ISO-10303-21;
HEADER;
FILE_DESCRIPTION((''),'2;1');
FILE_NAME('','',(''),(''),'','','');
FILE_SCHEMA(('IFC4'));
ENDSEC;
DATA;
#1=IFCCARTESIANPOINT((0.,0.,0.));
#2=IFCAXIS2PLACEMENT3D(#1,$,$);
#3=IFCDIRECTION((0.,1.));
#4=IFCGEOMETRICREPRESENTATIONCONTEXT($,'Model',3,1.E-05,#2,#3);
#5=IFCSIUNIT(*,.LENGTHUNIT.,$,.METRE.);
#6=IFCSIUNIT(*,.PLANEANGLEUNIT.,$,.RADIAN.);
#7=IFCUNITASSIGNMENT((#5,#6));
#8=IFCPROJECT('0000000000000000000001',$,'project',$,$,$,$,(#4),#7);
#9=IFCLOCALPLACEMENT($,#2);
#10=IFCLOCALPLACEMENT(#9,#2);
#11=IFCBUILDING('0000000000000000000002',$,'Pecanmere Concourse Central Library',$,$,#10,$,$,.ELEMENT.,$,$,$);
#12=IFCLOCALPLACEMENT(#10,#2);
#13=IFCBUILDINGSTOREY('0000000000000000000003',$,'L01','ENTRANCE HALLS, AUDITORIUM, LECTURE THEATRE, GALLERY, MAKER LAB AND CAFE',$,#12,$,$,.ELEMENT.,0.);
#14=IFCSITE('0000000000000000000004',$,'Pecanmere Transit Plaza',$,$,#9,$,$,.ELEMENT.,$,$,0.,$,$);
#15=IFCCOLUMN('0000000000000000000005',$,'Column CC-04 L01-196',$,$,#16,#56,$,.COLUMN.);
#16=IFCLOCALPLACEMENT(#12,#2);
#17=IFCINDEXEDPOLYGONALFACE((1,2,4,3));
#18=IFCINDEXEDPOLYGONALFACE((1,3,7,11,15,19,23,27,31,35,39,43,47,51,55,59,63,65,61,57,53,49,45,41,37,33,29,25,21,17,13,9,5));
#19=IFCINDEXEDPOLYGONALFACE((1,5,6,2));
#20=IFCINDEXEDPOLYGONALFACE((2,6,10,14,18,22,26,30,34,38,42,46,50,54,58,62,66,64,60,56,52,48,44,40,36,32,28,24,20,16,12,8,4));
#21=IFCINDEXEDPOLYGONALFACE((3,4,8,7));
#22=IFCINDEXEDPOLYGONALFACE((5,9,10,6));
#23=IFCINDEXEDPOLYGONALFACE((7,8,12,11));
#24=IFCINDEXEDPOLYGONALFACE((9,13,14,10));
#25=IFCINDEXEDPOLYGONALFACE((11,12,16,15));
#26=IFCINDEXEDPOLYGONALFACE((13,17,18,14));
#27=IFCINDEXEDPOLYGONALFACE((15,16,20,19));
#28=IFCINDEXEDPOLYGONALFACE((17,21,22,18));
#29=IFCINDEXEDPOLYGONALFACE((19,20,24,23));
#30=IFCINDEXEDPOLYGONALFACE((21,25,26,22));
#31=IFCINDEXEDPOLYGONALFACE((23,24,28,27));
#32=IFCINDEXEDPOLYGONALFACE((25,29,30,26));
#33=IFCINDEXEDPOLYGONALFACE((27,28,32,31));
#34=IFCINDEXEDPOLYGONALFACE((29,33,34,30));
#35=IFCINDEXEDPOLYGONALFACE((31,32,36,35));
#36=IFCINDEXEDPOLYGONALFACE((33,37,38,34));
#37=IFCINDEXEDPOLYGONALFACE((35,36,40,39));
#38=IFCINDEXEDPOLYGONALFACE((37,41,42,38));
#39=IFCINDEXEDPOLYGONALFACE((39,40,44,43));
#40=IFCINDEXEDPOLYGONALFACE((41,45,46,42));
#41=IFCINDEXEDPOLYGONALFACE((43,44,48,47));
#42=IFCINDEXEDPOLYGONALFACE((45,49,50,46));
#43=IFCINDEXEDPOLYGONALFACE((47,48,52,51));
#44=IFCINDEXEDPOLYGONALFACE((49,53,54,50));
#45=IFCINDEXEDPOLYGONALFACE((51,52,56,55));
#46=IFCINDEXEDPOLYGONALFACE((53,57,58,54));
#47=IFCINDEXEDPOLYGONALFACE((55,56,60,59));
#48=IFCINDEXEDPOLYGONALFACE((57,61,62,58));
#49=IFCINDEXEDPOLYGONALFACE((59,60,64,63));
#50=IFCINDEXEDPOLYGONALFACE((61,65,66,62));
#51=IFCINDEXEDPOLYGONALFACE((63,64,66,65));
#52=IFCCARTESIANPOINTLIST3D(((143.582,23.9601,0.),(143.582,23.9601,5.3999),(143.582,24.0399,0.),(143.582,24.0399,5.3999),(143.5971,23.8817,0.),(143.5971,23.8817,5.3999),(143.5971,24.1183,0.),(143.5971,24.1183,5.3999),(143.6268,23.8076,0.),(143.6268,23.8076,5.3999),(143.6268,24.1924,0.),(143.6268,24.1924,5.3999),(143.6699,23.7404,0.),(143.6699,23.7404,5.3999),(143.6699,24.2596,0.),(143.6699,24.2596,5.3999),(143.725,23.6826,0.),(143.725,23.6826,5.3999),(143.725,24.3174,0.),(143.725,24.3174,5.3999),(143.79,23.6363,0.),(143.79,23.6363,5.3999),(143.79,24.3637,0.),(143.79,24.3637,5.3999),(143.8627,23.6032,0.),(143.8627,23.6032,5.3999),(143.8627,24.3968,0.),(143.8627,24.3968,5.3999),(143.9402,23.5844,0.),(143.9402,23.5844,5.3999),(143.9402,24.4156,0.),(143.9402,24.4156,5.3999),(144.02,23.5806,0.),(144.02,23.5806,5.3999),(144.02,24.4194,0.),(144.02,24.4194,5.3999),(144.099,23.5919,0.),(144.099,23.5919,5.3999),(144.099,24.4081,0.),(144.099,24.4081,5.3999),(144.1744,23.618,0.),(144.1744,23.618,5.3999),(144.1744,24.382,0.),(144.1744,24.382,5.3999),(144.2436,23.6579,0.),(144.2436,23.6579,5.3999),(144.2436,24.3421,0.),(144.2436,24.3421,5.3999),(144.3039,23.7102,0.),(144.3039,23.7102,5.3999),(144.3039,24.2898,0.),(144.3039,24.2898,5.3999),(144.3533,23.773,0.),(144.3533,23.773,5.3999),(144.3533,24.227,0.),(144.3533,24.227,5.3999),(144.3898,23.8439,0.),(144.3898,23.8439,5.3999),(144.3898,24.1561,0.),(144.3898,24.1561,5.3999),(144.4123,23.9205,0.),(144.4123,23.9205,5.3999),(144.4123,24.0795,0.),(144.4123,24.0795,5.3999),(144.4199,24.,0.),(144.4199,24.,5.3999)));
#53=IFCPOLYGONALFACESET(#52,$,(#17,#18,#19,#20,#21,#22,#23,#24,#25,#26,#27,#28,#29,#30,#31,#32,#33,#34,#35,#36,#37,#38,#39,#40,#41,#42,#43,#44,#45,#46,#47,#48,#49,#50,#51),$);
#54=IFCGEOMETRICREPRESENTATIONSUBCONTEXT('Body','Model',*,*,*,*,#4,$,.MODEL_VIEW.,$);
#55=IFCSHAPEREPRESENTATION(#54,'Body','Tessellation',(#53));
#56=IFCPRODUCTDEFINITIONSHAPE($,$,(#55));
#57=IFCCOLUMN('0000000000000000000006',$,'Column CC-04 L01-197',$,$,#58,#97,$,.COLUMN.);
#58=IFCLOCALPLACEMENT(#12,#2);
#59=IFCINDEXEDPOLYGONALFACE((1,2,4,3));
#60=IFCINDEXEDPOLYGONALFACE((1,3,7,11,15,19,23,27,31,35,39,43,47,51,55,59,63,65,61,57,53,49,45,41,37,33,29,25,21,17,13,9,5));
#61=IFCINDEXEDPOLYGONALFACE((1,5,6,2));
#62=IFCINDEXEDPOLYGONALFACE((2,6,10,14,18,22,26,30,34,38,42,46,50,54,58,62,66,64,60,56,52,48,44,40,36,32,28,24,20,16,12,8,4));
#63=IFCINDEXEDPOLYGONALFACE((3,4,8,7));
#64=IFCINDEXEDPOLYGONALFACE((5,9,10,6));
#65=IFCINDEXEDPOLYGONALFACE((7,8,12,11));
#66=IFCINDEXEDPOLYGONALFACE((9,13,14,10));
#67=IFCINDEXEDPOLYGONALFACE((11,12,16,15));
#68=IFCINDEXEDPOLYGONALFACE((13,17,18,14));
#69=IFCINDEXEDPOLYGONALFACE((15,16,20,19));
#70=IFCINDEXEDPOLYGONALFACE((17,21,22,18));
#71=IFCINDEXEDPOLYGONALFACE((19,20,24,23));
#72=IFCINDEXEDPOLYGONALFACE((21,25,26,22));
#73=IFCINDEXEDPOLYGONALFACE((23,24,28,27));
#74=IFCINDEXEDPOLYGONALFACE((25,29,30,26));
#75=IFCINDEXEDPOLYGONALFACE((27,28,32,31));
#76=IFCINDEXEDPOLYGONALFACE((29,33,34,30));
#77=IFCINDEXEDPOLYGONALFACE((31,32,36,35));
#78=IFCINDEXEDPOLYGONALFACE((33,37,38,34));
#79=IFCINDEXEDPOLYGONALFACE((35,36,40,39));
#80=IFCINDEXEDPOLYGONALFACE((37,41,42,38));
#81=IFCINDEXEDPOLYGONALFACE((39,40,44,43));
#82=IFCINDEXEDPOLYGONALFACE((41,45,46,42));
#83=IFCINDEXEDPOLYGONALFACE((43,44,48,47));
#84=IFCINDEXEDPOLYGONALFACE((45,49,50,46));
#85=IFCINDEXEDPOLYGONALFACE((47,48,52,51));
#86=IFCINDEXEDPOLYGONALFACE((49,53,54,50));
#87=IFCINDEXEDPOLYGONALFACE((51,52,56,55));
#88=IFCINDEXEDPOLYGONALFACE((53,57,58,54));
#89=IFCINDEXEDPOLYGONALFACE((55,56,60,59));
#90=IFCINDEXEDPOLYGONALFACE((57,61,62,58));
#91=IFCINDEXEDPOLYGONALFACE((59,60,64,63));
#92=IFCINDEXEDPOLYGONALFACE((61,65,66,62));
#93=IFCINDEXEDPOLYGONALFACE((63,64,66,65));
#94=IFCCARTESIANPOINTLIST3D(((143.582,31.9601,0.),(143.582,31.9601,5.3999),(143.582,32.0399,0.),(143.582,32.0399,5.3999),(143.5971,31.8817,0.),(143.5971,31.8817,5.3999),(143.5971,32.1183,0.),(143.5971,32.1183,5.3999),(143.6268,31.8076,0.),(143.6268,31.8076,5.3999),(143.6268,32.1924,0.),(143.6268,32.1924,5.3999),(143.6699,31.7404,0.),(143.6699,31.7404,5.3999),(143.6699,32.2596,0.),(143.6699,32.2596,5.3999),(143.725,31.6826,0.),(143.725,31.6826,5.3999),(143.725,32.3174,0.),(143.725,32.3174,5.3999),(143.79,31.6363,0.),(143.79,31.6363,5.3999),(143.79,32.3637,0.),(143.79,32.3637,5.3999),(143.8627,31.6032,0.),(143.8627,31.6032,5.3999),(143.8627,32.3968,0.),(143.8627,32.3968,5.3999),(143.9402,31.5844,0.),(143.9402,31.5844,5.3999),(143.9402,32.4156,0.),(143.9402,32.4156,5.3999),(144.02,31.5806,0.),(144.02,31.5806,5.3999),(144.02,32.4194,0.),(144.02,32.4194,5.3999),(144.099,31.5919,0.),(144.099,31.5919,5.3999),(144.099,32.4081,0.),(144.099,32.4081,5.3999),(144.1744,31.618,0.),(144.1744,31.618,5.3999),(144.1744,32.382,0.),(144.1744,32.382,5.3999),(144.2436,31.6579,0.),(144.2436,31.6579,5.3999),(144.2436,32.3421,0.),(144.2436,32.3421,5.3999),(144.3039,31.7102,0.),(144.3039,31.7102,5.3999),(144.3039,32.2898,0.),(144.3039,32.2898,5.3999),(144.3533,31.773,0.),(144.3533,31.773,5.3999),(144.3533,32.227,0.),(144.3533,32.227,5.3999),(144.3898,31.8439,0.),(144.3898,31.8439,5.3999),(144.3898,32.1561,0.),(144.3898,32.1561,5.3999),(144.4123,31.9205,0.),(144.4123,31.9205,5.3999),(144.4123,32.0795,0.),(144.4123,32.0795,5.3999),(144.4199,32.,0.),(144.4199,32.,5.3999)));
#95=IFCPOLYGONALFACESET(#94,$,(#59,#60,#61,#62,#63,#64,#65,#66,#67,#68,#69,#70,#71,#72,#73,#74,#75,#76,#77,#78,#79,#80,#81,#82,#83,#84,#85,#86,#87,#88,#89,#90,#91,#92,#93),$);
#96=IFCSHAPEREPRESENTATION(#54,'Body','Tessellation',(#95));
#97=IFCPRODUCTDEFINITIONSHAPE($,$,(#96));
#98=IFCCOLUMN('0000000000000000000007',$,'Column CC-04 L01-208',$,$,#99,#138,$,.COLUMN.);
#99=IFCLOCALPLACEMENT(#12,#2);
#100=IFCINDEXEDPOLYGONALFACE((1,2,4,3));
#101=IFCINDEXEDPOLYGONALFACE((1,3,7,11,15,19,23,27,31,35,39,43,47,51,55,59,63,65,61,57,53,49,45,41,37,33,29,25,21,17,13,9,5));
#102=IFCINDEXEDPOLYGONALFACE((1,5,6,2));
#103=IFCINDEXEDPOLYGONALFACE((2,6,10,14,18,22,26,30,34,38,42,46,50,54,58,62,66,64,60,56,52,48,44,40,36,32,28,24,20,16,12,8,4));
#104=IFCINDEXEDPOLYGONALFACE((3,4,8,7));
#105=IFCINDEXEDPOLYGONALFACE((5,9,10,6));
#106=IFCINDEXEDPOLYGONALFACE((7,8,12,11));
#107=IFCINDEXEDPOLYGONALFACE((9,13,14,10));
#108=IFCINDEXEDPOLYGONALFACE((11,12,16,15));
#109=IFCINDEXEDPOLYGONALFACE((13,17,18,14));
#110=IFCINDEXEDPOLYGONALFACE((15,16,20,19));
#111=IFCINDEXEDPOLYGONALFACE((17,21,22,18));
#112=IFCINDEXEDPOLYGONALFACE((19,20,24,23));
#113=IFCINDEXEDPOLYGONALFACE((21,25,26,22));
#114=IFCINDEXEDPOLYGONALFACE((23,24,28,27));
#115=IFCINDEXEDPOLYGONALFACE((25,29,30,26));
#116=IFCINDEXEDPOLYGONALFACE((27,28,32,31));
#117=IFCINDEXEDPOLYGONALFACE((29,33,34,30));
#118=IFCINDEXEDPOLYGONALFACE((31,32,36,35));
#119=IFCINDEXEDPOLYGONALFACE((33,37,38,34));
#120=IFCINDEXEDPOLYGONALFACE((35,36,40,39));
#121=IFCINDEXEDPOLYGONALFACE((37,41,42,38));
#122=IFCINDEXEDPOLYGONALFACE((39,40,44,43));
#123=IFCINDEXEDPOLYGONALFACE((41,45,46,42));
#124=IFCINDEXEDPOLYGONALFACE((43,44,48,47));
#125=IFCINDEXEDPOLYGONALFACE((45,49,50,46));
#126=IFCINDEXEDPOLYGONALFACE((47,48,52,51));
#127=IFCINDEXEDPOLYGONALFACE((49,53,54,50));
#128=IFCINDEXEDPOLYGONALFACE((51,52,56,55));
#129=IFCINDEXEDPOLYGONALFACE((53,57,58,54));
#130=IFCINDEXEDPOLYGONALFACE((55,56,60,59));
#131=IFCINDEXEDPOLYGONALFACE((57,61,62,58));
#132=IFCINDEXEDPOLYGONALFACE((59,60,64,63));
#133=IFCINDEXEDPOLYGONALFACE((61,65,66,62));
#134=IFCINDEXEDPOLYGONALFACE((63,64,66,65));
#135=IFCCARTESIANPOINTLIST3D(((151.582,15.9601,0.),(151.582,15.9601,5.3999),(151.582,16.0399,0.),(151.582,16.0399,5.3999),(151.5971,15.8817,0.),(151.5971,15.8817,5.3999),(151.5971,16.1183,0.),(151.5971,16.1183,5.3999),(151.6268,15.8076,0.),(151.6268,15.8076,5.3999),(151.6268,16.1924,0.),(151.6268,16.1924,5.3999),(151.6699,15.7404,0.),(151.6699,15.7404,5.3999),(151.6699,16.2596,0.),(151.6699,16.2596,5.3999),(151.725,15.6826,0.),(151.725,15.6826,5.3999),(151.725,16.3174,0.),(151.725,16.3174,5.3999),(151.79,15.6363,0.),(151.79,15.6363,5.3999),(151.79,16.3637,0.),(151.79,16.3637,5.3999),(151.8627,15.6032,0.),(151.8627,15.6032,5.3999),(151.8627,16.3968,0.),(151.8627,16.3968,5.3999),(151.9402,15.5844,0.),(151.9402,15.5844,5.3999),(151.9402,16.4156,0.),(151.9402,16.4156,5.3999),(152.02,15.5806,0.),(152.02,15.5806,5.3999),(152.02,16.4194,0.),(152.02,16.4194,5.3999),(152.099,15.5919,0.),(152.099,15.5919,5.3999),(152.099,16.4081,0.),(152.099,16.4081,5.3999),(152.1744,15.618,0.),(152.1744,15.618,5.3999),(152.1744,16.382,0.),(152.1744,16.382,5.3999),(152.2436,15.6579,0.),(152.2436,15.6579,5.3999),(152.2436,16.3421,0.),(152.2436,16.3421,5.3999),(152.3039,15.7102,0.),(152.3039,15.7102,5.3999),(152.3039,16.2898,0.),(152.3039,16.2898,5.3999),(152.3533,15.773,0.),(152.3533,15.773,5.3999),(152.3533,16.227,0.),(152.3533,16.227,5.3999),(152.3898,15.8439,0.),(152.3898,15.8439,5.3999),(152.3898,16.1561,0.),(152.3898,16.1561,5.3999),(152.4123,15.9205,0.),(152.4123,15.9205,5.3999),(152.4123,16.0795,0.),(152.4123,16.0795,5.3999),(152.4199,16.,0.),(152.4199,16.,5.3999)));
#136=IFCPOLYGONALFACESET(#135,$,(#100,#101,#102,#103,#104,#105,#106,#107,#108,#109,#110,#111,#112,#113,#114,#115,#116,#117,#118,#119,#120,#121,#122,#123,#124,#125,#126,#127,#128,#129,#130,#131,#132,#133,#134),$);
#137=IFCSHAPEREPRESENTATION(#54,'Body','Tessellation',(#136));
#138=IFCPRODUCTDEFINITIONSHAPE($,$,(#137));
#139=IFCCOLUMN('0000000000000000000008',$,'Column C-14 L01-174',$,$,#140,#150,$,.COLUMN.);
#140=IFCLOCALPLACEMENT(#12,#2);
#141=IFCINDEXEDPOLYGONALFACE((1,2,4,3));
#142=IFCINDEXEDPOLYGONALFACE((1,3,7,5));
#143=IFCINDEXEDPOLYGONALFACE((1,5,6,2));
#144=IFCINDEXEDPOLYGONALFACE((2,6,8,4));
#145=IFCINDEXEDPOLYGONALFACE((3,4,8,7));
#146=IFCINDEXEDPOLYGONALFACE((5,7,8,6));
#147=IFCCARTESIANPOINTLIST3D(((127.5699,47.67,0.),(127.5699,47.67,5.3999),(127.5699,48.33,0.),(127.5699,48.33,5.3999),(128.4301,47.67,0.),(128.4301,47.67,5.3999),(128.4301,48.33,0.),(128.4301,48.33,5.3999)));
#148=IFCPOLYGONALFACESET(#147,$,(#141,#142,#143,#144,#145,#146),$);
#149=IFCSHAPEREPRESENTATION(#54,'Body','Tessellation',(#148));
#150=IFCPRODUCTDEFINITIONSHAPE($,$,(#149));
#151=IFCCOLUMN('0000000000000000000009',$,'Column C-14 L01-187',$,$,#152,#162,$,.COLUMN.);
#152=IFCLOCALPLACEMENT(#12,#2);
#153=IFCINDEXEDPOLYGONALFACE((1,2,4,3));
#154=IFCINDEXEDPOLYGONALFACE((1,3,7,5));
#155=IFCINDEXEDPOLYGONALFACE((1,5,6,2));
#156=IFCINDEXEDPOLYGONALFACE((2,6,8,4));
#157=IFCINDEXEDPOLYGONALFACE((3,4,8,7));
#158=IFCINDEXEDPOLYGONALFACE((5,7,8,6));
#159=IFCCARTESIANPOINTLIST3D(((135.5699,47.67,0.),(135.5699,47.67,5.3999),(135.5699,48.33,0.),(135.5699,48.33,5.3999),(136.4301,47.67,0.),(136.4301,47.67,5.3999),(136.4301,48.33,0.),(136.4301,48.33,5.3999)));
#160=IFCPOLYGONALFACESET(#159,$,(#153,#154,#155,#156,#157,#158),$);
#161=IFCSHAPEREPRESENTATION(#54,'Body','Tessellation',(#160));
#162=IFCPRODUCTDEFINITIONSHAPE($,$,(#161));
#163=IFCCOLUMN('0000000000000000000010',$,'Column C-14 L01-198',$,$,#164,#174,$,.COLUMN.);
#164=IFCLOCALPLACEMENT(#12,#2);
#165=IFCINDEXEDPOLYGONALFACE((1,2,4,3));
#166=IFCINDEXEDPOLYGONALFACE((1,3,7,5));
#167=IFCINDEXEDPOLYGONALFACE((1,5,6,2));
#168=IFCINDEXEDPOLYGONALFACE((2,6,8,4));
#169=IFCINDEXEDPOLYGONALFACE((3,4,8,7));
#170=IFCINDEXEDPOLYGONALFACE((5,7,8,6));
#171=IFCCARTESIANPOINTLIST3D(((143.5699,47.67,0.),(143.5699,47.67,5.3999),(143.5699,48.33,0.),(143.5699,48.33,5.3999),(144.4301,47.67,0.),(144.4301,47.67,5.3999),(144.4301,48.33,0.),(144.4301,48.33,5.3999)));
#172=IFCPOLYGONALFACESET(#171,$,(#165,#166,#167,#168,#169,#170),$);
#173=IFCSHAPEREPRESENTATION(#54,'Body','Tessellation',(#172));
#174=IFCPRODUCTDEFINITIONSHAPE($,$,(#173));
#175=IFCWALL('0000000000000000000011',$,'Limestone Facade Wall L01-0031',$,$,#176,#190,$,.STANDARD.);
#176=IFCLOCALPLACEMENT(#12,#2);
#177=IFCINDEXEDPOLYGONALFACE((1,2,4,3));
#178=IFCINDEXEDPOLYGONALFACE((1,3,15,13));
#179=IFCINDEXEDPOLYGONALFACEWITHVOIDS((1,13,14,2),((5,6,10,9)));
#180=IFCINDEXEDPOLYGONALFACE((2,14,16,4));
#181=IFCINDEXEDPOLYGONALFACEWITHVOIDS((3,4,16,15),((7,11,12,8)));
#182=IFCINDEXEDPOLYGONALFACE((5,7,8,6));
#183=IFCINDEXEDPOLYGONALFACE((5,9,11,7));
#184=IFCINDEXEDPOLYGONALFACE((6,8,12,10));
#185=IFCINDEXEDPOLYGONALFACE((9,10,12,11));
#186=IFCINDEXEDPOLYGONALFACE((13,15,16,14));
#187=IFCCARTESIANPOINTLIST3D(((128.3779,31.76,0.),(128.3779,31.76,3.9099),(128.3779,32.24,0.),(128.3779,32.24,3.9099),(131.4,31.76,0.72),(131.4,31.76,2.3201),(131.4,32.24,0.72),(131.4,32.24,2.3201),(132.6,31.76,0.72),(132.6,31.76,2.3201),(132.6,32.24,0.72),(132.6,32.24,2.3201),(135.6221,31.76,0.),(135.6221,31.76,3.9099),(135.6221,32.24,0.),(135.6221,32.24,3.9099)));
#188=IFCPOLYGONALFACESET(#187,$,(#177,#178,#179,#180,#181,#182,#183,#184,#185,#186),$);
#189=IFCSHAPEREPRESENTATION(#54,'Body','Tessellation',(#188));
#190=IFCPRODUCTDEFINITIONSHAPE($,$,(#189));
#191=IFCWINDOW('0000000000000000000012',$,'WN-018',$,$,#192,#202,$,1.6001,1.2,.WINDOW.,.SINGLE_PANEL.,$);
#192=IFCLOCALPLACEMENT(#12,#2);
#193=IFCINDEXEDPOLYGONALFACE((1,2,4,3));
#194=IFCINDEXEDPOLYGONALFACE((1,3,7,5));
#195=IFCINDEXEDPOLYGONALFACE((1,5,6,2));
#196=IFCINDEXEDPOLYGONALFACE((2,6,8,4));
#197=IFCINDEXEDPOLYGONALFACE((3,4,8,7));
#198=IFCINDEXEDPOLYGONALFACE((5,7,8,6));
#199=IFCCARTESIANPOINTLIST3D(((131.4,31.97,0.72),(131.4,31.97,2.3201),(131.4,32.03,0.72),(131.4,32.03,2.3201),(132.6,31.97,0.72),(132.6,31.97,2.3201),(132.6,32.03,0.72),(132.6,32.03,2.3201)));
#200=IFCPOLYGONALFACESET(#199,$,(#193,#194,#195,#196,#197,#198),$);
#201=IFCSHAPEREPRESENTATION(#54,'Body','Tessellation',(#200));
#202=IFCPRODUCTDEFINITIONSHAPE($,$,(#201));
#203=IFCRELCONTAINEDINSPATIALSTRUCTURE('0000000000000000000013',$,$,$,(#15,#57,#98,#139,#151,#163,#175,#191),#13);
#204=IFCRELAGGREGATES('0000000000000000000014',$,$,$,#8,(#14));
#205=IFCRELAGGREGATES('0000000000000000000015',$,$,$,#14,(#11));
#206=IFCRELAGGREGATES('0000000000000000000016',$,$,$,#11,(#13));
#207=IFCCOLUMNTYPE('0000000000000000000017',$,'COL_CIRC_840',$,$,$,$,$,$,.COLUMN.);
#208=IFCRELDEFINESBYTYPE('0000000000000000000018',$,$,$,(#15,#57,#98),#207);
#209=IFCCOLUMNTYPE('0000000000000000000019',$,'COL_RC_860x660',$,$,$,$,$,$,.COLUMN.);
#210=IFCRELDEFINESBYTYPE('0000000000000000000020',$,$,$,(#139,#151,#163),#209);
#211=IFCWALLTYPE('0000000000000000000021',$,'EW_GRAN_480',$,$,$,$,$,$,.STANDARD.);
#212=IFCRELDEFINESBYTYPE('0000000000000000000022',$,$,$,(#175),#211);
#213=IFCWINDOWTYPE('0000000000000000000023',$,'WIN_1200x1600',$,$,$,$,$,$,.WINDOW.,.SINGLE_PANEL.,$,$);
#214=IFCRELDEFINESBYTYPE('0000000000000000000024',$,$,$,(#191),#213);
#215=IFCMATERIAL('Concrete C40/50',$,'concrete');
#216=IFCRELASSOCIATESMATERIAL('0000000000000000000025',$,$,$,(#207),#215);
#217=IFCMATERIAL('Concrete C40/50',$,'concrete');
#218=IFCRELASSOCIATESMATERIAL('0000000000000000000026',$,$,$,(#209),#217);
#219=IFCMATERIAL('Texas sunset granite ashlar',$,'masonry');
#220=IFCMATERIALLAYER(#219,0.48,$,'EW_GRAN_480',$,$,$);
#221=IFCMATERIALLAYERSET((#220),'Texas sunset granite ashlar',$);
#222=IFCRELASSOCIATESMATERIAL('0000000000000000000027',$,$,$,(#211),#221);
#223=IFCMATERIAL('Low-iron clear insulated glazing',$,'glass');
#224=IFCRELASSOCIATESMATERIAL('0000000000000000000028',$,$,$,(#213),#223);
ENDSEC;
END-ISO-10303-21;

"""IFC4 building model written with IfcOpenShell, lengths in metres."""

from ifc_helpers import new_model, si_unit, direction, frame, frame_2d, origin, origin_2d, place, context, subcontext, project, spatial, rectangle, circle, extrude, material, layer, layer_set, material_profile, profile_set, type_object, element, fill, save


model = new_model("IFC4")

# Units and contexts
model_context = context("Model", 3, precision=1e-05, world=origin(), true_north=direction((0.0, 1.0)))
body_context = subcontext(model_context, "Body", "Model", "MODEL_VIEW")
ifc_project = project(units=[si_unit("LENGTHUNIT", "METRE"), si_unit("PLANEANGLEUNIT", "RADIAN")], contexts=[model_context])

# Site, building, storey
site_placement = place(None, origin())
site = spatial("IfcSite", under=ifc_project, at=site_placement, Name="Pecanmere Transit Plaza", CompositionType="ELEMENT", RefElevation=0.0)
building_placement = place(site_placement, origin())
building = spatial("IfcBuilding", under=site, at=building_placement, Name="Pecanmere Concourse Central Library", CompositionType="ELEMENT")
storey_placement = place(building_placement, origin())
storey = spatial("IfcBuildingStorey", under=building, at=storey_placement, Name="L01", Description="ENTRANCE HALLS, AUDITORIUM, LECTURE THEATRE, GALLERY, MAKER LAB AND CAFE", CompositionType="ELEMENT", Elevation=0.0)

# Columns
ifc_material_1 = material(Name="Concrete C40/50", Category="concrete")
ifc_material_profile_1 = material_profile(ifc_material_1, circle(Radius=0.4199, at=origin_2d()), Name="RC D840")
ifc_profile_set_1 = profile_set([ifc_material_profile_1], Name="Concrete C40/50")
column_type_1 = type_object("IfcColumnType", Name="COL_CIRC_840", PredefinedType="COLUMN", material=ifc_profile_set_1)
for number, where, z_axis, x_axis, name in (
    (1, (144.0, 24.0, 0.0), (0.0, 0.0, 1.0), (1.0, 0.0, 0.0), "Column CC-04 L01-196"),
    (2, (144.0, 32.0, 0.0), (0.0, 0.0, 1.0), (1.0, 0.0, 0.0), "Column CC-04 L01-197"),
    (3, (152.0, 16.0, 0.0), (0.0, 0.0, 1.0), (1.0, 0.0, 0.0), "Column CC-04 L01-208"),
):
    element("IfcColumn", number, at=place(storey_placement, frame(where, z_axis=z_axis, x_axis=x_axis)), inside=storey, type_object=column_type_1, Name=name, PredefinedType="COLUMN", context=body_context, shape_type="SweptSolid", body=[
        extrude(circle(Radius=0.4199, at=origin_2d()), origin(), (0.0, 0.0, 1.0), 5.3999),
    ])
ifc_material_2 = material(Name="Concrete C40/50", Category="concrete")
ifc_material_profile_2 = material_profile(ifc_material_2, rectangle(XDim=0.8601, YDim=0.6599, at=origin_2d()), Name="RC 860x660")
ifc_profile_set_2 = profile_set([ifc_material_profile_2], Name="Concrete C40/50")
column_type_2 = type_object("IfcColumnType", Name="COL_RC_860x660", PredefinedType="COLUMN", material=ifc_profile_set_2)
for number, where, z_axis, x_axis, name in (
    (4, (128.0, 48.0, 0.0), (0.0, 0.0, 1.0), (1.0, 0.0, 0.0), "Column C-14 L01-174"),
    (5, (136.0, 48.0, 0.0), (0.0, 0.0, 1.0), (1.0, 0.0, 0.0), "Column C-14 L01-187"),
    (6, (144.0, 48.0, 0.0), (0.0, 0.0, 1.0), (1.0, 0.0, 0.0), "Column C-14 L01-198"),
):
    element("IfcColumn", number, at=place(storey_placement, frame(where, z_axis=z_axis, x_axis=x_axis)), inside=storey, type_object=column_type_2, Name=name, PredefinedType="COLUMN", context=body_context, shape_type="SweptSolid", body=[
        extrude(rectangle(XDim=0.8601, YDim=0.6599, at=origin_2d()), origin(), (0.0, 0.0, 1.0), 5.3999),
    ])

# Wall, opening, window
ifc_material_3 = material(Name="Texas sunset granite ashlar", Category="masonry")
ifc_layer_1 = layer(ifc_material_3, 0.48, Name="EW_GRAN_480")
ifc_layer_set_1 = layer_set([ifc_layer_1], Name="Texas sunset granite ashlar")
wall_type_1 = type_object("IfcWallType", Name="EW_GRAN_480", PredefinedType="STANDARD", material=ifc_layer_set_1)
wall_1_placement = place(storey_placement, frame((135.6221, 32.0, 0.0), z_axis=(0.0, 0.0, 1.0), x_axis=(-1.0, 0.0, 0.0)))
wall_1 = element("IfcWall", 7, at=wall_1_placement, inside=storey, type_object=wall_type_1, Name="Limestone Facade Wall L01-0031", PredefinedType="STANDARD", context=body_context, shape_type="SweptSolid", body=[
    extrude(rectangle(XDim=7.2441, YDim=0.48, at=frame_2d((3.6221, 0.0))), origin(), (0.0, 0.0, 1.0), 3.9099),
])
opening_1_placement = place(wall_1_placement, frame((3.022, 0.0, 0.72)))
opening_1 = element("IfcOpeningElement", 8, at=opening_1_placement, cuts=wall_1, PredefinedType="OPENING", context=body_context, shape_type="SweptSolid", body=[
    extrude(rectangle(XDim=1.2, YDim=1.6001, at=frame_2d((0.6001, 0.8))), frame((0.0, 0.252, 0.0), z_axis=(0.0, -1.0, 0.0), x_axis=(1.0, 0.0, 0.0)), (0.0, 0.0, 1.0), 0.5039),
])
ifc_material_4 = material(Name="Low-iron clear insulated glazing", Category="glass")
window_type_1 = type_object("IfcWindowType", Name="WIN_1200x1600", PartitioningType="SINGLE_PANEL", PredefinedType="WINDOW", material=ifc_material_4)
window_1_placement = place(opening_1_placement, origin())
window_1 = element("IfcWindow", 9, at=window_1_placement, inside=storey, type_object=window_type_1, Name="WN-018", OverallHeight=1.6001, OverallWidth=1.2, PartitioningType="SINGLE_PANEL", PredefinedType="WINDOW", context=body_context, shape_type="SweptSolid", body=[
    extrude(rectangle(XDim=1.2, YDim=1.6001, at=frame_2d((0.6001, 0.8))), frame((0.0, 0.03, 0.0), z_axis=(0.0, -1.0, 0.0), x_axis=(1.0, 0.0, 0.0)), (0.0, 0.0, 1.0), 0.0601),
])
fill(opening_1, window_1)

save(model, "model.ifc")
